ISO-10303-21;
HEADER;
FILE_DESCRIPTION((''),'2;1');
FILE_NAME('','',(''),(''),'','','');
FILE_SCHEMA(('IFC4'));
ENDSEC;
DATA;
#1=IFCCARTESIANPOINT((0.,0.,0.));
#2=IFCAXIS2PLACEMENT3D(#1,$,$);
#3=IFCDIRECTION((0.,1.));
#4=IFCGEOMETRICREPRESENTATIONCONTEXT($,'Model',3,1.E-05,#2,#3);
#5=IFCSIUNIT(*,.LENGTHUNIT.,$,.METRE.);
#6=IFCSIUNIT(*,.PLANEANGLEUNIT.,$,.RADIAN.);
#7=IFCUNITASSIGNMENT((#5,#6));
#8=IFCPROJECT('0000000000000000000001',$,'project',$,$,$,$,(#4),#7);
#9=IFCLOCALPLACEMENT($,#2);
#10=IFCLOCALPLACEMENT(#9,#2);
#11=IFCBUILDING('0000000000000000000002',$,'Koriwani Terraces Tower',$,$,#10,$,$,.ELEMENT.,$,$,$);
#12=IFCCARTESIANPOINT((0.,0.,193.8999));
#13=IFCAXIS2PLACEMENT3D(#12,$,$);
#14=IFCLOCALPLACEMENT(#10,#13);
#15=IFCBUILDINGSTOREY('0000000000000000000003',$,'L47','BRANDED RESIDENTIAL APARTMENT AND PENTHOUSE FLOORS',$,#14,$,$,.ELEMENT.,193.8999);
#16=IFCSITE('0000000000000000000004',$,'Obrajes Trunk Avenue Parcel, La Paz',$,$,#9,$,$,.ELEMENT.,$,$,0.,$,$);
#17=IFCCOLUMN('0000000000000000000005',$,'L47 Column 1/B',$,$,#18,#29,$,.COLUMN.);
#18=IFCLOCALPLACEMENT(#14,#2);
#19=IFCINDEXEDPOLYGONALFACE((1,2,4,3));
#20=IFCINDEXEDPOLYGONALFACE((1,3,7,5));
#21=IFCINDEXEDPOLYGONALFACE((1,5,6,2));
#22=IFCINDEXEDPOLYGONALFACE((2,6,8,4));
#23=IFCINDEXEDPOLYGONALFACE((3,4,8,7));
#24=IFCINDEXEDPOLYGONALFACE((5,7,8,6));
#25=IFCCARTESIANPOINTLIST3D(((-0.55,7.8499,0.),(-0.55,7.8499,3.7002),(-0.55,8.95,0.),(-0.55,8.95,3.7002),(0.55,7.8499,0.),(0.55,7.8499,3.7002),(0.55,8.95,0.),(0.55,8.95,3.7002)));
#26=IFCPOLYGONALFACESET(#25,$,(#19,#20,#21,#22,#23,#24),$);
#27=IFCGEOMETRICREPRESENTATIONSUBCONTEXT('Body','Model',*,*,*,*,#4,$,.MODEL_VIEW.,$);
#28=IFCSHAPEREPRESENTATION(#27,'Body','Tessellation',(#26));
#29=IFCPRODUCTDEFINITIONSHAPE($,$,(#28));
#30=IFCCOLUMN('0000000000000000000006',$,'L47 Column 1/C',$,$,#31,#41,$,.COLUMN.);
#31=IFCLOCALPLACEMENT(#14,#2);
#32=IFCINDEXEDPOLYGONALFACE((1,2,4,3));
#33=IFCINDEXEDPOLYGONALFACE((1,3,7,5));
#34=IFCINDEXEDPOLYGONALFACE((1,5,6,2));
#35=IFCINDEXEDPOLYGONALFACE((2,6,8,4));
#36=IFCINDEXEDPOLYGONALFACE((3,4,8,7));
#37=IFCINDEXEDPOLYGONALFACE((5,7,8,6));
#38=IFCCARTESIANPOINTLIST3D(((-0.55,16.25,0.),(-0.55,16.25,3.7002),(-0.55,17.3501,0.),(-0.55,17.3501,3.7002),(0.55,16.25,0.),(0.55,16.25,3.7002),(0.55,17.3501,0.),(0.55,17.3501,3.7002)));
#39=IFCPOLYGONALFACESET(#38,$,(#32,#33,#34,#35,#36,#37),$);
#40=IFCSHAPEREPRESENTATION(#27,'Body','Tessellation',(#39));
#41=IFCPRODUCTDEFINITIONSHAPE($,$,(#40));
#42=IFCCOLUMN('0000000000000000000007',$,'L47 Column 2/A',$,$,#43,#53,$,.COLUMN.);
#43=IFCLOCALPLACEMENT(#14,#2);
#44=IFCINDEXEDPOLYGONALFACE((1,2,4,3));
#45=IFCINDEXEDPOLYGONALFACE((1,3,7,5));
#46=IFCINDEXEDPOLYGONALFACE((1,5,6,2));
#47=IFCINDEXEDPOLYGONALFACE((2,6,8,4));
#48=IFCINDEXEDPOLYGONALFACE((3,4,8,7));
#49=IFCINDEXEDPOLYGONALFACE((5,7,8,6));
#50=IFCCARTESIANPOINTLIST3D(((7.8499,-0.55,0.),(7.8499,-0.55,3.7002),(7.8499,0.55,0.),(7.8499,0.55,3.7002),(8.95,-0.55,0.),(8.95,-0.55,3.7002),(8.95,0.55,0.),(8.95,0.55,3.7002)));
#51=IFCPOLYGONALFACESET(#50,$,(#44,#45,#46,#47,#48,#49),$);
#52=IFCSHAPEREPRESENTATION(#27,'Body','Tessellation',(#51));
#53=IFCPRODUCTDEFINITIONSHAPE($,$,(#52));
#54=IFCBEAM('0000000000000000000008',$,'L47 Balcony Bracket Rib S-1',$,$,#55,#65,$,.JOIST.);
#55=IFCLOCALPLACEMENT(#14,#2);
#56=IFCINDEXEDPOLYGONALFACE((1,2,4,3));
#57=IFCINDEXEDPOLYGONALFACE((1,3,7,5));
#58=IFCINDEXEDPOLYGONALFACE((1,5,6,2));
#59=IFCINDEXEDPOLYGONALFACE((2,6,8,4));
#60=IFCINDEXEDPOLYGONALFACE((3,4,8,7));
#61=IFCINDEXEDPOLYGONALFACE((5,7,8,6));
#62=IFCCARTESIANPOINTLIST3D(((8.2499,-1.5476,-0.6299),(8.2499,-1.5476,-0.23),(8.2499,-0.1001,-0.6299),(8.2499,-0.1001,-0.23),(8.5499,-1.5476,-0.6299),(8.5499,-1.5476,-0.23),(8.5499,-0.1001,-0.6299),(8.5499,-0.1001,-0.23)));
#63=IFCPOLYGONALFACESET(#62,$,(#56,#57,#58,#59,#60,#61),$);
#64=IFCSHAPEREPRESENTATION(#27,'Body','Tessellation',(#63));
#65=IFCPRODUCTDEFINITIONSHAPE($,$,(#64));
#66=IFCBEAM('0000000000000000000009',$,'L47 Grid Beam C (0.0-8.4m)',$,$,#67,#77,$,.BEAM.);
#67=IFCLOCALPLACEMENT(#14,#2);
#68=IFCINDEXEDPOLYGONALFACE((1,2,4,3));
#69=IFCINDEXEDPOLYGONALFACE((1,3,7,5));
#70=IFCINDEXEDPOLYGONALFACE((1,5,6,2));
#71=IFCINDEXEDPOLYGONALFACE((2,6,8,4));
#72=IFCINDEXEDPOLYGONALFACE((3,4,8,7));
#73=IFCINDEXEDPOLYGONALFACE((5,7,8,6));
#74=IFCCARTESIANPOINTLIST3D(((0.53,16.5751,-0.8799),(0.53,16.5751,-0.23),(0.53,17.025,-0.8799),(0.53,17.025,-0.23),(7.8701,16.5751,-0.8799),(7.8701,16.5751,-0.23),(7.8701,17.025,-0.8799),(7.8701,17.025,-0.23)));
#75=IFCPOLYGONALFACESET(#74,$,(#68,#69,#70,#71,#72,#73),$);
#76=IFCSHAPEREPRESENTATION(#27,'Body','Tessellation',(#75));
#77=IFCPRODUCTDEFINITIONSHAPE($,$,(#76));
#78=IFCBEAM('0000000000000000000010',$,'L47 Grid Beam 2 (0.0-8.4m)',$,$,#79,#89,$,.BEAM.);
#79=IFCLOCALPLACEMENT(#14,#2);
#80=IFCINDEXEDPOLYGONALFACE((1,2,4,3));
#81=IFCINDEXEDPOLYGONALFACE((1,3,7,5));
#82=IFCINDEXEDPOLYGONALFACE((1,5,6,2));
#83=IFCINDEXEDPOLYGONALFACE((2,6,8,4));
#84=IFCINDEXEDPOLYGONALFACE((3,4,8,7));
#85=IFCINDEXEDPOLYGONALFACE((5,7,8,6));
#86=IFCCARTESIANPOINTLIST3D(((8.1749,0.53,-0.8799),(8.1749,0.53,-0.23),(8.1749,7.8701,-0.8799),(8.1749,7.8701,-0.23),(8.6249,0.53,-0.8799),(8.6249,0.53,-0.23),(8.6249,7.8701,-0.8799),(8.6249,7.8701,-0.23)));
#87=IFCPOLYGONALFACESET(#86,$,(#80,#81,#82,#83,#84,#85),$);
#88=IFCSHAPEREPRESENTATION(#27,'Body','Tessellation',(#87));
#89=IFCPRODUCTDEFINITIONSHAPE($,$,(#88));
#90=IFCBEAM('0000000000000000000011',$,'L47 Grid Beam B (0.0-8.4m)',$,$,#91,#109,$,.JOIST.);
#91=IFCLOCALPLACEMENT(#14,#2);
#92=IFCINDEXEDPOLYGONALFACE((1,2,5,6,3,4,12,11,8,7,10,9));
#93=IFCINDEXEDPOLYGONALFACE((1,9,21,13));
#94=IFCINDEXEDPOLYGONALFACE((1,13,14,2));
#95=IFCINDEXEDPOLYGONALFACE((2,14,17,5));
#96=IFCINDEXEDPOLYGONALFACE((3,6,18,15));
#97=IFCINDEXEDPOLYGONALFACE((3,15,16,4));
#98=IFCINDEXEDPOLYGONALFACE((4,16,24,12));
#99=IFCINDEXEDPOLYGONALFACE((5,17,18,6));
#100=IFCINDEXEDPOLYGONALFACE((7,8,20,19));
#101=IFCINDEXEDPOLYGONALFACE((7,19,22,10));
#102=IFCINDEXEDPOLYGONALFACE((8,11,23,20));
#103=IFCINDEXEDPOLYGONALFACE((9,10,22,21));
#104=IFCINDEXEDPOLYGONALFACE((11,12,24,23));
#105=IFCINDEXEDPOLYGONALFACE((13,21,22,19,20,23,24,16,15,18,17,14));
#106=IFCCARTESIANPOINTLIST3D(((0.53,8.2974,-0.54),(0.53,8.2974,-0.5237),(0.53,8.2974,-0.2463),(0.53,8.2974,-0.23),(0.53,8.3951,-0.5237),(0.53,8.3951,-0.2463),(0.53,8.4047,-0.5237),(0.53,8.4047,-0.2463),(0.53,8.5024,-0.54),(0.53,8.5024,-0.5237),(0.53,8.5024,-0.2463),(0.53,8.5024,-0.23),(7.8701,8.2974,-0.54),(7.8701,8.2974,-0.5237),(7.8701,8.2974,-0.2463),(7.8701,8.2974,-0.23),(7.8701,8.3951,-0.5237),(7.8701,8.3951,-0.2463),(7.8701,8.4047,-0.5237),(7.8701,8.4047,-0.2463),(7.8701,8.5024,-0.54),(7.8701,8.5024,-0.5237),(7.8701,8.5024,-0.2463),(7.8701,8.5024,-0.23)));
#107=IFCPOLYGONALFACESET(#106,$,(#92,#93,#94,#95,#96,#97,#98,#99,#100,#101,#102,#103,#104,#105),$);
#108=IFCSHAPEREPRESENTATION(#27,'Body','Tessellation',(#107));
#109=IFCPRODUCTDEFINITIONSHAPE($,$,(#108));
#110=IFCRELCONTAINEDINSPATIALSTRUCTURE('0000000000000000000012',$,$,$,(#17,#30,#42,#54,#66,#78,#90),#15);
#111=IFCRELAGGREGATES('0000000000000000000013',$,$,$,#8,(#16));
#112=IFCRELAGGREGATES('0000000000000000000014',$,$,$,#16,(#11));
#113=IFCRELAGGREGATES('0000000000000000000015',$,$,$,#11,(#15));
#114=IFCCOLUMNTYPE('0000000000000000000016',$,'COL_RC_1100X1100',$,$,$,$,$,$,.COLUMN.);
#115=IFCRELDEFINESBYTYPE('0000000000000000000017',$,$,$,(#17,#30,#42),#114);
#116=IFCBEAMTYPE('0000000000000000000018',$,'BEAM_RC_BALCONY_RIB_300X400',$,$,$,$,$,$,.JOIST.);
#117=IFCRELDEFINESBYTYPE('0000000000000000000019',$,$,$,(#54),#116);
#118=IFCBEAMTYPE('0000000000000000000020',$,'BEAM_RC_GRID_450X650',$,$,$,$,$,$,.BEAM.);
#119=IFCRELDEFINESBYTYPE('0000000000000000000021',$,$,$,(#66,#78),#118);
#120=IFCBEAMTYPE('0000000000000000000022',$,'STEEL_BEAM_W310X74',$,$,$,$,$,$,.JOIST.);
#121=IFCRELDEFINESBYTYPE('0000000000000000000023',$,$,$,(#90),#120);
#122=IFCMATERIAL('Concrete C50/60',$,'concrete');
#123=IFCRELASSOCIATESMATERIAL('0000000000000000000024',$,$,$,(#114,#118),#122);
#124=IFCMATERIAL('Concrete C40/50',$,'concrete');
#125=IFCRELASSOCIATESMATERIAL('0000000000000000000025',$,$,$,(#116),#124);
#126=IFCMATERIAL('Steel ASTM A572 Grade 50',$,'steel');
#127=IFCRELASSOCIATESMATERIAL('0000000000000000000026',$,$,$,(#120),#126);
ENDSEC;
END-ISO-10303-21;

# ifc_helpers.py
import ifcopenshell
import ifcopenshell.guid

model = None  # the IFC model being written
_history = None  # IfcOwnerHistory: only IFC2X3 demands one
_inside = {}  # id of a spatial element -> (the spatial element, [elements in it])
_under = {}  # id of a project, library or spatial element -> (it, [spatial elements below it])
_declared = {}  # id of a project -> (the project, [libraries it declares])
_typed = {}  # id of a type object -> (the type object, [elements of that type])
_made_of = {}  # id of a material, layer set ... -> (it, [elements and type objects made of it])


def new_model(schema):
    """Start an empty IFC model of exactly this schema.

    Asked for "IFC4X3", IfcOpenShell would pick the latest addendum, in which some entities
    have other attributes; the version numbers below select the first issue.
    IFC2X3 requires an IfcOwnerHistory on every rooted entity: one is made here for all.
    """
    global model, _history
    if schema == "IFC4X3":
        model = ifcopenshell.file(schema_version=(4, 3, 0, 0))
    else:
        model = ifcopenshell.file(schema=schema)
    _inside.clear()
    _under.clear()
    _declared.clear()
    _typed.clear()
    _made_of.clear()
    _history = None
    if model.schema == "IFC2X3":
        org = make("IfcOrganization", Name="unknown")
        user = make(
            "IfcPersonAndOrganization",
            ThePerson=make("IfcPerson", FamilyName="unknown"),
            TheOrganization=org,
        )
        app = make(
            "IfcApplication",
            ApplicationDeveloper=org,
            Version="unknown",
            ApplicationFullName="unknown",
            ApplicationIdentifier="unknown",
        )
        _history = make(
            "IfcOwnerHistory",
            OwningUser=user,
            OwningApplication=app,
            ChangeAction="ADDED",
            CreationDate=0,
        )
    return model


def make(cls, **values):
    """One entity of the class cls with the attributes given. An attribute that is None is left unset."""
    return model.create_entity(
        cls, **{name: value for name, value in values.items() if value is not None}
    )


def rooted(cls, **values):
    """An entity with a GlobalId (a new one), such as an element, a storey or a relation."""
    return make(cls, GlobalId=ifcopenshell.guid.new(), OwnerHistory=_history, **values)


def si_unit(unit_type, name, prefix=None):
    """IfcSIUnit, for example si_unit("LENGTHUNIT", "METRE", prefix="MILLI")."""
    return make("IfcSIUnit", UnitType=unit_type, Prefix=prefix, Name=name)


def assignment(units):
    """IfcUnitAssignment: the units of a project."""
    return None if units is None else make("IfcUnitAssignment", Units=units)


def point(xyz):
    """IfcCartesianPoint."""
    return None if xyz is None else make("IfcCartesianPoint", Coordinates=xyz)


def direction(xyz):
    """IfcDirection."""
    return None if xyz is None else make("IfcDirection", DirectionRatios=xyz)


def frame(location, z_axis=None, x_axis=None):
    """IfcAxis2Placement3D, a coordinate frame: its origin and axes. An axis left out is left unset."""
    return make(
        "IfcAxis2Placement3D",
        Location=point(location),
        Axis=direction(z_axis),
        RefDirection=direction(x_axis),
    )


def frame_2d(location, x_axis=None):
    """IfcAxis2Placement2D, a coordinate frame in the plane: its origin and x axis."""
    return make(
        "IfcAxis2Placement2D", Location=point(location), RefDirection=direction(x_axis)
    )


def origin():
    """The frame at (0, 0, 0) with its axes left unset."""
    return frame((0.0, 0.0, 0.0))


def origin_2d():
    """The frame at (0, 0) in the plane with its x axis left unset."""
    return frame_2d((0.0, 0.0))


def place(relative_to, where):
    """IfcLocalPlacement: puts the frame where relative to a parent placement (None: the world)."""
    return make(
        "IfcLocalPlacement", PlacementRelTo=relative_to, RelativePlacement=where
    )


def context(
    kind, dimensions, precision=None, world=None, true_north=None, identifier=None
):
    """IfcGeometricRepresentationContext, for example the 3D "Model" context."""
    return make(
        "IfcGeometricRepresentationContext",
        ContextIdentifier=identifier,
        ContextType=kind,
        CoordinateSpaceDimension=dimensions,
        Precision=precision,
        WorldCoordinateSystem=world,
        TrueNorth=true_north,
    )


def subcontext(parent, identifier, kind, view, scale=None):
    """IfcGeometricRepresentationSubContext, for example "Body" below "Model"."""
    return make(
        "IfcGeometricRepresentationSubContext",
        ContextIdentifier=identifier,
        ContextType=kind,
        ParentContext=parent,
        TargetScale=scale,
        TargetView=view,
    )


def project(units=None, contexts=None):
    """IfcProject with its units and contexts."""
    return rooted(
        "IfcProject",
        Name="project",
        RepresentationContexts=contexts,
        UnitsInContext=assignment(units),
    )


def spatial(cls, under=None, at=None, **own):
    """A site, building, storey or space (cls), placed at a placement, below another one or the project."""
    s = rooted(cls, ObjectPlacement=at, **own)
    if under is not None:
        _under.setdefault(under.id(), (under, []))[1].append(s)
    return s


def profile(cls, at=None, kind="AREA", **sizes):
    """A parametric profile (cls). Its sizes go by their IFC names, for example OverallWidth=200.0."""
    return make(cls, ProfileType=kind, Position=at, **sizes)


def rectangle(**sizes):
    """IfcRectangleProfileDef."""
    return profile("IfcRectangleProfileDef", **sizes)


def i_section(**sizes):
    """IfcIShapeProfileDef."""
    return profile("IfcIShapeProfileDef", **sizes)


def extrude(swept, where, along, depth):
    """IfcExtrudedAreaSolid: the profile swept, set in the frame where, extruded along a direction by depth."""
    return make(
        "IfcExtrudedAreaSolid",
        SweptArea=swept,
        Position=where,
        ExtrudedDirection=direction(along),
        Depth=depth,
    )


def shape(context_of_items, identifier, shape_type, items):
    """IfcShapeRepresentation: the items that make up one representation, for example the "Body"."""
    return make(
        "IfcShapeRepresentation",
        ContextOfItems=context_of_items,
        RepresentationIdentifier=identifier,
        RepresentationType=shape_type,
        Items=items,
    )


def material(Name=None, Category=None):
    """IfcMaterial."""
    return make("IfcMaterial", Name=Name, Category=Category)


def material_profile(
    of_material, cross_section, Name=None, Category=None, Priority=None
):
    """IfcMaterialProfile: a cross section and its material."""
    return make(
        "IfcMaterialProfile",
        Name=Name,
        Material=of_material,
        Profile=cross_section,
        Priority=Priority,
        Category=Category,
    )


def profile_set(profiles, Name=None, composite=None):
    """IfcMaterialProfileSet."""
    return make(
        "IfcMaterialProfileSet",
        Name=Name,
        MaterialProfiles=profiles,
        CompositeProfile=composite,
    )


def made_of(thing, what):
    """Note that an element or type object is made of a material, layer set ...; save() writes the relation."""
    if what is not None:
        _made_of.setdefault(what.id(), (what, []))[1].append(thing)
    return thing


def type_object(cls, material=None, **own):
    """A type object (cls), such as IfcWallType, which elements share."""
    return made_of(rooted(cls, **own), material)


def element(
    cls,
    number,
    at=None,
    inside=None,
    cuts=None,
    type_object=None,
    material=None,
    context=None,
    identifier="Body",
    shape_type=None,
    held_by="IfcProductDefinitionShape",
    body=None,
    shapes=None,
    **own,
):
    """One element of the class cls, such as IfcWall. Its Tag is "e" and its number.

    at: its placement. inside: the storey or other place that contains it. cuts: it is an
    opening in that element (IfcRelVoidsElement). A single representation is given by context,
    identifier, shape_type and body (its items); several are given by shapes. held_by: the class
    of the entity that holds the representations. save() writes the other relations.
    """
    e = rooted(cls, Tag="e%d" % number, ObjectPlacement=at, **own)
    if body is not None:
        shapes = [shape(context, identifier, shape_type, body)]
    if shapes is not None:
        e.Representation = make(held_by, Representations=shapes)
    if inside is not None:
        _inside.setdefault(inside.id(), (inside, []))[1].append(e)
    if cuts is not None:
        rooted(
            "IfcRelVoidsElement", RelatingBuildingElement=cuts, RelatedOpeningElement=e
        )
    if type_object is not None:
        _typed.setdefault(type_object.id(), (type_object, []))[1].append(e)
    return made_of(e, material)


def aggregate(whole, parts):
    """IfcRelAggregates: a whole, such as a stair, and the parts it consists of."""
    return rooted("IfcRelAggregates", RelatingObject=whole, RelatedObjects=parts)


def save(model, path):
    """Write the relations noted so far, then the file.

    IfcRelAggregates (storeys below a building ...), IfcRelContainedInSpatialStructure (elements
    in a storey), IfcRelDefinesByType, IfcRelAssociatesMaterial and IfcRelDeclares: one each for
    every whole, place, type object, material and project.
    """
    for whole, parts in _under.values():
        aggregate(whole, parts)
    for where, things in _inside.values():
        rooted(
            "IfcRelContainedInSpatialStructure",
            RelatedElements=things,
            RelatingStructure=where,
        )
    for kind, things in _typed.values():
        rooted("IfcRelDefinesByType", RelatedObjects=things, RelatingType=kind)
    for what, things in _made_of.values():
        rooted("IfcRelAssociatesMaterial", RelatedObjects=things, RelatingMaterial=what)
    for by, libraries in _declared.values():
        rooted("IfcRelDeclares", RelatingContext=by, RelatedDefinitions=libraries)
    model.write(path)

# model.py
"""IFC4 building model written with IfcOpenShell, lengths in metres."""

from ifc_helpers import new_model, si_unit, direction, frame, origin, origin_2d, place, context, subcontext, project, spatial, rectangle, i_section, extrude, material, material_profile, profile_set, type_object, element, save


model = new_model("IFC4")

# Units and contexts
model_context = context("Model", 3, precision=1e-05, world=origin(), true_north=direction((0.0, 1.0)))
body_context = subcontext(model_context, "Body", "Model", "MODEL_VIEW")
ifc_project = project(units=[si_unit("LENGTHUNIT", "METRE"), si_unit("PLANEANGLEUNIT", "RADIAN")], contexts=[model_context])

# Site, building, storey
site_placement = place(None, origin())
site = spatial("IfcSite", under=ifc_project, at=site_placement, Name="Obrajes Trunk Avenue Parcel, La Paz", CompositionType="ELEMENT", RefElevation=0.0)
building_placement = place(site_placement, origin())
building = spatial("IfcBuilding", under=site, at=building_placement, Name="Koriwani Terraces Tower", CompositionType="ELEMENT")
storey_placement = place(building_placement, frame((0.0, 0.0, 193.8999)))
storey = spatial("IfcBuildingStorey", under=building, at=storey_placement, Name="L47", Description="BRANDED RESIDENTIAL APARTMENT AND PENTHOUSE FLOORS", CompositionType="ELEMENT", Elevation=193.8999)

# Columns
ifc_material_1 = material(Name="Concrete C50/60", Category="concrete")
ifc_material_profile_1 = material_profile(ifc_material_1, rectangle(XDim=1.1001, YDim=1.1001, at=origin_2d()), Name="Concrete C50/60", Category="LoadBearing")
ifc_profile_set_1 = profile_set([ifc_material_profile_1], Name="Concrete C50/60")
column_type = type_object("IfcColumnType", Name="COL_RC_1100X1100", PredefinedType="COLUMN", material=ifc_profile_set_1)
for number, where, z_axis, x_axis, name in (
    (1, (0.0, 8.3999, 0.0), (0.0, 0.0, 1.0), (1.0, 0.0, 0.0), "L47 Column 1/B"),
    (2, (0.0, 16.8, 0.0), (0.0, 0.0, 1.0), (1.0, 0.0, 0.0), "L47 Column 1/C"),
    (3, (8.3999, 0.0, 0.0), (0.0, 0.0, 1.0), (1.0, 0.0, 0.0), "L47 Column 2/A"),
):
    element("IfcColumn", number, at=place(storey_placement, frame(where, z_axis=z_axis, x_axis=x_axis)), inside=storey, type_object=column_type, Name=name, PredefinedType="COLUMN", context=body_context, shape_type="SweptSolid", body=[
        extrude(rectangle(XDim=1.1001, YDim=1.1001, at=origin_2d()), origin(), (0.0, 0.0, 1.0), 3.7002),
    ])

# Beams
ifc_material_2 = material(Name="Concrete C40/50", Category="concrete")
ifc_material_profile_2 = material_profile(ifc_material_2, rectangle(XDim=0.3, YDim=0.3999, at=origin_2d()), Name="Concrete C40/50", Category="LoadBearing")
ifc_profile_set_2 = profile_set([ifc_material_profile_2], Name="Concrete C40/50")
beam_type_1 = type_object("IfcBeamType", Name="BEAM_RC_BALCONY_RIB_300X400", PredefinedType="JOIST", material=ifc_profile_set_2)
beam_1_placement = place(storey_placement, frame((8.3999, -1.5476, -0.4299), z_axis=(0.0, 1.0, 0.0), x_axis=(-1.0, 0.0, 0.0)))
element("IfcBeam", 4, at=beam_1_placement, inside=storey, type_object=beam_type_1, Name="L47 Balcony Bracket Rib S-1", PredefinedType="JOIST", context=body_context, shape_type="SweptSolid", body=[
    extrude(rectangle(XDim=0.3, YDim=0.3999, at=origin_2d()), origin(), (0.0, 0.0, 1.0), 1.4475),
])
ifc_material_profile_3 = material_profile(ifc_material_1, rectangle(XDim=0.45, YDim=0.6499, at=origin_2d()), Name="Concrete C50/60", Category="LoadBearing")
ifc_profile_set_3 = profile_set([ifc_material_profile_3], Name="Concrete C50/60")
beam_type_2 = type_object("IfcBeamType", Name="BEAM_RC_GRID_450X650", PredefinedType="BEAM", material=ifc_profile_set_3)
for number, where, z_axis, x_axis, name in (
    (5, (0.53, 16.8, -0.5549), (1.0, 0.0, 0.0), (0.0, 1.0, 0.0), "L47 Grid Beam C (0.0-8.4m)"),
    (6, (8.3999, 0.53, -0.5549), (0.0, 1.0, 0.0), (-1.0, 0.0, 0.0), "L47 Grid Beam 2 (0.0-8.4m)"),
):
    element("IfcBeam", number, at=place(storey_placement, frame(where, z_axis=z_axis, x_axis=x_axis)), inside=storey, type_object=beam_type_2, Name=name, PredefinedType="BEAM", context=body_context, shape_type="SweptSolid", body=[
        extrude(rectangle(XDim=0.45, YDim=0.6499, at=origin_2d()), origin(), (0.0, 0.0, 1.0), 7.3401),
    ])
ifc_material_3 = material(Name="Steel ASTM A572 Grade 50", Category="steel")
ifc_material_profile_4 = material_profile(ifc_material_3, i_section(OverallWidth=0.2051, OverallDepth=0.3101, WebThickness=0.0095, FlangeThickness=0.0164, at=origin_2d()), Name="Steel ASTM A572 Grade 50", Category="LoadBearing")
ifc_profile_set_4 = profile_set([ifc_material_profile_4], Name="Steel ASTM A572 Grade 50")
beam_type_3 = type_object("IfcBeamType", Name="STEEL_BEAM_W310X74", PredefinedType="JOIST", material=ifc_profile_set_4)
beam_2_placement = place(storey_placement, frame((0.53, 8.3999, -0.385), z_axis=(1.0, 0.0, 0.0), x_axis=(0.0, 1.0, 0.0)))
element("IfcBeam", 7, at=beam_2_placement, inside=storey, type_object=beam_type_3, Name="L47 Grid Beam B (0.0-8.4m)", PredefinedType="JOIST", context=body_context, shape_type="SweptSolid", body=[
    extrude(i_section(OverallWidth=0.2051, OverallDepth=0.3101, WebThickness=0.0095, FlangeThickness=0.0164, at=origin_2d()), origin(), (0.0, 0.0, 1.0), 7.3401),
])

save(model, "model.ifc")
